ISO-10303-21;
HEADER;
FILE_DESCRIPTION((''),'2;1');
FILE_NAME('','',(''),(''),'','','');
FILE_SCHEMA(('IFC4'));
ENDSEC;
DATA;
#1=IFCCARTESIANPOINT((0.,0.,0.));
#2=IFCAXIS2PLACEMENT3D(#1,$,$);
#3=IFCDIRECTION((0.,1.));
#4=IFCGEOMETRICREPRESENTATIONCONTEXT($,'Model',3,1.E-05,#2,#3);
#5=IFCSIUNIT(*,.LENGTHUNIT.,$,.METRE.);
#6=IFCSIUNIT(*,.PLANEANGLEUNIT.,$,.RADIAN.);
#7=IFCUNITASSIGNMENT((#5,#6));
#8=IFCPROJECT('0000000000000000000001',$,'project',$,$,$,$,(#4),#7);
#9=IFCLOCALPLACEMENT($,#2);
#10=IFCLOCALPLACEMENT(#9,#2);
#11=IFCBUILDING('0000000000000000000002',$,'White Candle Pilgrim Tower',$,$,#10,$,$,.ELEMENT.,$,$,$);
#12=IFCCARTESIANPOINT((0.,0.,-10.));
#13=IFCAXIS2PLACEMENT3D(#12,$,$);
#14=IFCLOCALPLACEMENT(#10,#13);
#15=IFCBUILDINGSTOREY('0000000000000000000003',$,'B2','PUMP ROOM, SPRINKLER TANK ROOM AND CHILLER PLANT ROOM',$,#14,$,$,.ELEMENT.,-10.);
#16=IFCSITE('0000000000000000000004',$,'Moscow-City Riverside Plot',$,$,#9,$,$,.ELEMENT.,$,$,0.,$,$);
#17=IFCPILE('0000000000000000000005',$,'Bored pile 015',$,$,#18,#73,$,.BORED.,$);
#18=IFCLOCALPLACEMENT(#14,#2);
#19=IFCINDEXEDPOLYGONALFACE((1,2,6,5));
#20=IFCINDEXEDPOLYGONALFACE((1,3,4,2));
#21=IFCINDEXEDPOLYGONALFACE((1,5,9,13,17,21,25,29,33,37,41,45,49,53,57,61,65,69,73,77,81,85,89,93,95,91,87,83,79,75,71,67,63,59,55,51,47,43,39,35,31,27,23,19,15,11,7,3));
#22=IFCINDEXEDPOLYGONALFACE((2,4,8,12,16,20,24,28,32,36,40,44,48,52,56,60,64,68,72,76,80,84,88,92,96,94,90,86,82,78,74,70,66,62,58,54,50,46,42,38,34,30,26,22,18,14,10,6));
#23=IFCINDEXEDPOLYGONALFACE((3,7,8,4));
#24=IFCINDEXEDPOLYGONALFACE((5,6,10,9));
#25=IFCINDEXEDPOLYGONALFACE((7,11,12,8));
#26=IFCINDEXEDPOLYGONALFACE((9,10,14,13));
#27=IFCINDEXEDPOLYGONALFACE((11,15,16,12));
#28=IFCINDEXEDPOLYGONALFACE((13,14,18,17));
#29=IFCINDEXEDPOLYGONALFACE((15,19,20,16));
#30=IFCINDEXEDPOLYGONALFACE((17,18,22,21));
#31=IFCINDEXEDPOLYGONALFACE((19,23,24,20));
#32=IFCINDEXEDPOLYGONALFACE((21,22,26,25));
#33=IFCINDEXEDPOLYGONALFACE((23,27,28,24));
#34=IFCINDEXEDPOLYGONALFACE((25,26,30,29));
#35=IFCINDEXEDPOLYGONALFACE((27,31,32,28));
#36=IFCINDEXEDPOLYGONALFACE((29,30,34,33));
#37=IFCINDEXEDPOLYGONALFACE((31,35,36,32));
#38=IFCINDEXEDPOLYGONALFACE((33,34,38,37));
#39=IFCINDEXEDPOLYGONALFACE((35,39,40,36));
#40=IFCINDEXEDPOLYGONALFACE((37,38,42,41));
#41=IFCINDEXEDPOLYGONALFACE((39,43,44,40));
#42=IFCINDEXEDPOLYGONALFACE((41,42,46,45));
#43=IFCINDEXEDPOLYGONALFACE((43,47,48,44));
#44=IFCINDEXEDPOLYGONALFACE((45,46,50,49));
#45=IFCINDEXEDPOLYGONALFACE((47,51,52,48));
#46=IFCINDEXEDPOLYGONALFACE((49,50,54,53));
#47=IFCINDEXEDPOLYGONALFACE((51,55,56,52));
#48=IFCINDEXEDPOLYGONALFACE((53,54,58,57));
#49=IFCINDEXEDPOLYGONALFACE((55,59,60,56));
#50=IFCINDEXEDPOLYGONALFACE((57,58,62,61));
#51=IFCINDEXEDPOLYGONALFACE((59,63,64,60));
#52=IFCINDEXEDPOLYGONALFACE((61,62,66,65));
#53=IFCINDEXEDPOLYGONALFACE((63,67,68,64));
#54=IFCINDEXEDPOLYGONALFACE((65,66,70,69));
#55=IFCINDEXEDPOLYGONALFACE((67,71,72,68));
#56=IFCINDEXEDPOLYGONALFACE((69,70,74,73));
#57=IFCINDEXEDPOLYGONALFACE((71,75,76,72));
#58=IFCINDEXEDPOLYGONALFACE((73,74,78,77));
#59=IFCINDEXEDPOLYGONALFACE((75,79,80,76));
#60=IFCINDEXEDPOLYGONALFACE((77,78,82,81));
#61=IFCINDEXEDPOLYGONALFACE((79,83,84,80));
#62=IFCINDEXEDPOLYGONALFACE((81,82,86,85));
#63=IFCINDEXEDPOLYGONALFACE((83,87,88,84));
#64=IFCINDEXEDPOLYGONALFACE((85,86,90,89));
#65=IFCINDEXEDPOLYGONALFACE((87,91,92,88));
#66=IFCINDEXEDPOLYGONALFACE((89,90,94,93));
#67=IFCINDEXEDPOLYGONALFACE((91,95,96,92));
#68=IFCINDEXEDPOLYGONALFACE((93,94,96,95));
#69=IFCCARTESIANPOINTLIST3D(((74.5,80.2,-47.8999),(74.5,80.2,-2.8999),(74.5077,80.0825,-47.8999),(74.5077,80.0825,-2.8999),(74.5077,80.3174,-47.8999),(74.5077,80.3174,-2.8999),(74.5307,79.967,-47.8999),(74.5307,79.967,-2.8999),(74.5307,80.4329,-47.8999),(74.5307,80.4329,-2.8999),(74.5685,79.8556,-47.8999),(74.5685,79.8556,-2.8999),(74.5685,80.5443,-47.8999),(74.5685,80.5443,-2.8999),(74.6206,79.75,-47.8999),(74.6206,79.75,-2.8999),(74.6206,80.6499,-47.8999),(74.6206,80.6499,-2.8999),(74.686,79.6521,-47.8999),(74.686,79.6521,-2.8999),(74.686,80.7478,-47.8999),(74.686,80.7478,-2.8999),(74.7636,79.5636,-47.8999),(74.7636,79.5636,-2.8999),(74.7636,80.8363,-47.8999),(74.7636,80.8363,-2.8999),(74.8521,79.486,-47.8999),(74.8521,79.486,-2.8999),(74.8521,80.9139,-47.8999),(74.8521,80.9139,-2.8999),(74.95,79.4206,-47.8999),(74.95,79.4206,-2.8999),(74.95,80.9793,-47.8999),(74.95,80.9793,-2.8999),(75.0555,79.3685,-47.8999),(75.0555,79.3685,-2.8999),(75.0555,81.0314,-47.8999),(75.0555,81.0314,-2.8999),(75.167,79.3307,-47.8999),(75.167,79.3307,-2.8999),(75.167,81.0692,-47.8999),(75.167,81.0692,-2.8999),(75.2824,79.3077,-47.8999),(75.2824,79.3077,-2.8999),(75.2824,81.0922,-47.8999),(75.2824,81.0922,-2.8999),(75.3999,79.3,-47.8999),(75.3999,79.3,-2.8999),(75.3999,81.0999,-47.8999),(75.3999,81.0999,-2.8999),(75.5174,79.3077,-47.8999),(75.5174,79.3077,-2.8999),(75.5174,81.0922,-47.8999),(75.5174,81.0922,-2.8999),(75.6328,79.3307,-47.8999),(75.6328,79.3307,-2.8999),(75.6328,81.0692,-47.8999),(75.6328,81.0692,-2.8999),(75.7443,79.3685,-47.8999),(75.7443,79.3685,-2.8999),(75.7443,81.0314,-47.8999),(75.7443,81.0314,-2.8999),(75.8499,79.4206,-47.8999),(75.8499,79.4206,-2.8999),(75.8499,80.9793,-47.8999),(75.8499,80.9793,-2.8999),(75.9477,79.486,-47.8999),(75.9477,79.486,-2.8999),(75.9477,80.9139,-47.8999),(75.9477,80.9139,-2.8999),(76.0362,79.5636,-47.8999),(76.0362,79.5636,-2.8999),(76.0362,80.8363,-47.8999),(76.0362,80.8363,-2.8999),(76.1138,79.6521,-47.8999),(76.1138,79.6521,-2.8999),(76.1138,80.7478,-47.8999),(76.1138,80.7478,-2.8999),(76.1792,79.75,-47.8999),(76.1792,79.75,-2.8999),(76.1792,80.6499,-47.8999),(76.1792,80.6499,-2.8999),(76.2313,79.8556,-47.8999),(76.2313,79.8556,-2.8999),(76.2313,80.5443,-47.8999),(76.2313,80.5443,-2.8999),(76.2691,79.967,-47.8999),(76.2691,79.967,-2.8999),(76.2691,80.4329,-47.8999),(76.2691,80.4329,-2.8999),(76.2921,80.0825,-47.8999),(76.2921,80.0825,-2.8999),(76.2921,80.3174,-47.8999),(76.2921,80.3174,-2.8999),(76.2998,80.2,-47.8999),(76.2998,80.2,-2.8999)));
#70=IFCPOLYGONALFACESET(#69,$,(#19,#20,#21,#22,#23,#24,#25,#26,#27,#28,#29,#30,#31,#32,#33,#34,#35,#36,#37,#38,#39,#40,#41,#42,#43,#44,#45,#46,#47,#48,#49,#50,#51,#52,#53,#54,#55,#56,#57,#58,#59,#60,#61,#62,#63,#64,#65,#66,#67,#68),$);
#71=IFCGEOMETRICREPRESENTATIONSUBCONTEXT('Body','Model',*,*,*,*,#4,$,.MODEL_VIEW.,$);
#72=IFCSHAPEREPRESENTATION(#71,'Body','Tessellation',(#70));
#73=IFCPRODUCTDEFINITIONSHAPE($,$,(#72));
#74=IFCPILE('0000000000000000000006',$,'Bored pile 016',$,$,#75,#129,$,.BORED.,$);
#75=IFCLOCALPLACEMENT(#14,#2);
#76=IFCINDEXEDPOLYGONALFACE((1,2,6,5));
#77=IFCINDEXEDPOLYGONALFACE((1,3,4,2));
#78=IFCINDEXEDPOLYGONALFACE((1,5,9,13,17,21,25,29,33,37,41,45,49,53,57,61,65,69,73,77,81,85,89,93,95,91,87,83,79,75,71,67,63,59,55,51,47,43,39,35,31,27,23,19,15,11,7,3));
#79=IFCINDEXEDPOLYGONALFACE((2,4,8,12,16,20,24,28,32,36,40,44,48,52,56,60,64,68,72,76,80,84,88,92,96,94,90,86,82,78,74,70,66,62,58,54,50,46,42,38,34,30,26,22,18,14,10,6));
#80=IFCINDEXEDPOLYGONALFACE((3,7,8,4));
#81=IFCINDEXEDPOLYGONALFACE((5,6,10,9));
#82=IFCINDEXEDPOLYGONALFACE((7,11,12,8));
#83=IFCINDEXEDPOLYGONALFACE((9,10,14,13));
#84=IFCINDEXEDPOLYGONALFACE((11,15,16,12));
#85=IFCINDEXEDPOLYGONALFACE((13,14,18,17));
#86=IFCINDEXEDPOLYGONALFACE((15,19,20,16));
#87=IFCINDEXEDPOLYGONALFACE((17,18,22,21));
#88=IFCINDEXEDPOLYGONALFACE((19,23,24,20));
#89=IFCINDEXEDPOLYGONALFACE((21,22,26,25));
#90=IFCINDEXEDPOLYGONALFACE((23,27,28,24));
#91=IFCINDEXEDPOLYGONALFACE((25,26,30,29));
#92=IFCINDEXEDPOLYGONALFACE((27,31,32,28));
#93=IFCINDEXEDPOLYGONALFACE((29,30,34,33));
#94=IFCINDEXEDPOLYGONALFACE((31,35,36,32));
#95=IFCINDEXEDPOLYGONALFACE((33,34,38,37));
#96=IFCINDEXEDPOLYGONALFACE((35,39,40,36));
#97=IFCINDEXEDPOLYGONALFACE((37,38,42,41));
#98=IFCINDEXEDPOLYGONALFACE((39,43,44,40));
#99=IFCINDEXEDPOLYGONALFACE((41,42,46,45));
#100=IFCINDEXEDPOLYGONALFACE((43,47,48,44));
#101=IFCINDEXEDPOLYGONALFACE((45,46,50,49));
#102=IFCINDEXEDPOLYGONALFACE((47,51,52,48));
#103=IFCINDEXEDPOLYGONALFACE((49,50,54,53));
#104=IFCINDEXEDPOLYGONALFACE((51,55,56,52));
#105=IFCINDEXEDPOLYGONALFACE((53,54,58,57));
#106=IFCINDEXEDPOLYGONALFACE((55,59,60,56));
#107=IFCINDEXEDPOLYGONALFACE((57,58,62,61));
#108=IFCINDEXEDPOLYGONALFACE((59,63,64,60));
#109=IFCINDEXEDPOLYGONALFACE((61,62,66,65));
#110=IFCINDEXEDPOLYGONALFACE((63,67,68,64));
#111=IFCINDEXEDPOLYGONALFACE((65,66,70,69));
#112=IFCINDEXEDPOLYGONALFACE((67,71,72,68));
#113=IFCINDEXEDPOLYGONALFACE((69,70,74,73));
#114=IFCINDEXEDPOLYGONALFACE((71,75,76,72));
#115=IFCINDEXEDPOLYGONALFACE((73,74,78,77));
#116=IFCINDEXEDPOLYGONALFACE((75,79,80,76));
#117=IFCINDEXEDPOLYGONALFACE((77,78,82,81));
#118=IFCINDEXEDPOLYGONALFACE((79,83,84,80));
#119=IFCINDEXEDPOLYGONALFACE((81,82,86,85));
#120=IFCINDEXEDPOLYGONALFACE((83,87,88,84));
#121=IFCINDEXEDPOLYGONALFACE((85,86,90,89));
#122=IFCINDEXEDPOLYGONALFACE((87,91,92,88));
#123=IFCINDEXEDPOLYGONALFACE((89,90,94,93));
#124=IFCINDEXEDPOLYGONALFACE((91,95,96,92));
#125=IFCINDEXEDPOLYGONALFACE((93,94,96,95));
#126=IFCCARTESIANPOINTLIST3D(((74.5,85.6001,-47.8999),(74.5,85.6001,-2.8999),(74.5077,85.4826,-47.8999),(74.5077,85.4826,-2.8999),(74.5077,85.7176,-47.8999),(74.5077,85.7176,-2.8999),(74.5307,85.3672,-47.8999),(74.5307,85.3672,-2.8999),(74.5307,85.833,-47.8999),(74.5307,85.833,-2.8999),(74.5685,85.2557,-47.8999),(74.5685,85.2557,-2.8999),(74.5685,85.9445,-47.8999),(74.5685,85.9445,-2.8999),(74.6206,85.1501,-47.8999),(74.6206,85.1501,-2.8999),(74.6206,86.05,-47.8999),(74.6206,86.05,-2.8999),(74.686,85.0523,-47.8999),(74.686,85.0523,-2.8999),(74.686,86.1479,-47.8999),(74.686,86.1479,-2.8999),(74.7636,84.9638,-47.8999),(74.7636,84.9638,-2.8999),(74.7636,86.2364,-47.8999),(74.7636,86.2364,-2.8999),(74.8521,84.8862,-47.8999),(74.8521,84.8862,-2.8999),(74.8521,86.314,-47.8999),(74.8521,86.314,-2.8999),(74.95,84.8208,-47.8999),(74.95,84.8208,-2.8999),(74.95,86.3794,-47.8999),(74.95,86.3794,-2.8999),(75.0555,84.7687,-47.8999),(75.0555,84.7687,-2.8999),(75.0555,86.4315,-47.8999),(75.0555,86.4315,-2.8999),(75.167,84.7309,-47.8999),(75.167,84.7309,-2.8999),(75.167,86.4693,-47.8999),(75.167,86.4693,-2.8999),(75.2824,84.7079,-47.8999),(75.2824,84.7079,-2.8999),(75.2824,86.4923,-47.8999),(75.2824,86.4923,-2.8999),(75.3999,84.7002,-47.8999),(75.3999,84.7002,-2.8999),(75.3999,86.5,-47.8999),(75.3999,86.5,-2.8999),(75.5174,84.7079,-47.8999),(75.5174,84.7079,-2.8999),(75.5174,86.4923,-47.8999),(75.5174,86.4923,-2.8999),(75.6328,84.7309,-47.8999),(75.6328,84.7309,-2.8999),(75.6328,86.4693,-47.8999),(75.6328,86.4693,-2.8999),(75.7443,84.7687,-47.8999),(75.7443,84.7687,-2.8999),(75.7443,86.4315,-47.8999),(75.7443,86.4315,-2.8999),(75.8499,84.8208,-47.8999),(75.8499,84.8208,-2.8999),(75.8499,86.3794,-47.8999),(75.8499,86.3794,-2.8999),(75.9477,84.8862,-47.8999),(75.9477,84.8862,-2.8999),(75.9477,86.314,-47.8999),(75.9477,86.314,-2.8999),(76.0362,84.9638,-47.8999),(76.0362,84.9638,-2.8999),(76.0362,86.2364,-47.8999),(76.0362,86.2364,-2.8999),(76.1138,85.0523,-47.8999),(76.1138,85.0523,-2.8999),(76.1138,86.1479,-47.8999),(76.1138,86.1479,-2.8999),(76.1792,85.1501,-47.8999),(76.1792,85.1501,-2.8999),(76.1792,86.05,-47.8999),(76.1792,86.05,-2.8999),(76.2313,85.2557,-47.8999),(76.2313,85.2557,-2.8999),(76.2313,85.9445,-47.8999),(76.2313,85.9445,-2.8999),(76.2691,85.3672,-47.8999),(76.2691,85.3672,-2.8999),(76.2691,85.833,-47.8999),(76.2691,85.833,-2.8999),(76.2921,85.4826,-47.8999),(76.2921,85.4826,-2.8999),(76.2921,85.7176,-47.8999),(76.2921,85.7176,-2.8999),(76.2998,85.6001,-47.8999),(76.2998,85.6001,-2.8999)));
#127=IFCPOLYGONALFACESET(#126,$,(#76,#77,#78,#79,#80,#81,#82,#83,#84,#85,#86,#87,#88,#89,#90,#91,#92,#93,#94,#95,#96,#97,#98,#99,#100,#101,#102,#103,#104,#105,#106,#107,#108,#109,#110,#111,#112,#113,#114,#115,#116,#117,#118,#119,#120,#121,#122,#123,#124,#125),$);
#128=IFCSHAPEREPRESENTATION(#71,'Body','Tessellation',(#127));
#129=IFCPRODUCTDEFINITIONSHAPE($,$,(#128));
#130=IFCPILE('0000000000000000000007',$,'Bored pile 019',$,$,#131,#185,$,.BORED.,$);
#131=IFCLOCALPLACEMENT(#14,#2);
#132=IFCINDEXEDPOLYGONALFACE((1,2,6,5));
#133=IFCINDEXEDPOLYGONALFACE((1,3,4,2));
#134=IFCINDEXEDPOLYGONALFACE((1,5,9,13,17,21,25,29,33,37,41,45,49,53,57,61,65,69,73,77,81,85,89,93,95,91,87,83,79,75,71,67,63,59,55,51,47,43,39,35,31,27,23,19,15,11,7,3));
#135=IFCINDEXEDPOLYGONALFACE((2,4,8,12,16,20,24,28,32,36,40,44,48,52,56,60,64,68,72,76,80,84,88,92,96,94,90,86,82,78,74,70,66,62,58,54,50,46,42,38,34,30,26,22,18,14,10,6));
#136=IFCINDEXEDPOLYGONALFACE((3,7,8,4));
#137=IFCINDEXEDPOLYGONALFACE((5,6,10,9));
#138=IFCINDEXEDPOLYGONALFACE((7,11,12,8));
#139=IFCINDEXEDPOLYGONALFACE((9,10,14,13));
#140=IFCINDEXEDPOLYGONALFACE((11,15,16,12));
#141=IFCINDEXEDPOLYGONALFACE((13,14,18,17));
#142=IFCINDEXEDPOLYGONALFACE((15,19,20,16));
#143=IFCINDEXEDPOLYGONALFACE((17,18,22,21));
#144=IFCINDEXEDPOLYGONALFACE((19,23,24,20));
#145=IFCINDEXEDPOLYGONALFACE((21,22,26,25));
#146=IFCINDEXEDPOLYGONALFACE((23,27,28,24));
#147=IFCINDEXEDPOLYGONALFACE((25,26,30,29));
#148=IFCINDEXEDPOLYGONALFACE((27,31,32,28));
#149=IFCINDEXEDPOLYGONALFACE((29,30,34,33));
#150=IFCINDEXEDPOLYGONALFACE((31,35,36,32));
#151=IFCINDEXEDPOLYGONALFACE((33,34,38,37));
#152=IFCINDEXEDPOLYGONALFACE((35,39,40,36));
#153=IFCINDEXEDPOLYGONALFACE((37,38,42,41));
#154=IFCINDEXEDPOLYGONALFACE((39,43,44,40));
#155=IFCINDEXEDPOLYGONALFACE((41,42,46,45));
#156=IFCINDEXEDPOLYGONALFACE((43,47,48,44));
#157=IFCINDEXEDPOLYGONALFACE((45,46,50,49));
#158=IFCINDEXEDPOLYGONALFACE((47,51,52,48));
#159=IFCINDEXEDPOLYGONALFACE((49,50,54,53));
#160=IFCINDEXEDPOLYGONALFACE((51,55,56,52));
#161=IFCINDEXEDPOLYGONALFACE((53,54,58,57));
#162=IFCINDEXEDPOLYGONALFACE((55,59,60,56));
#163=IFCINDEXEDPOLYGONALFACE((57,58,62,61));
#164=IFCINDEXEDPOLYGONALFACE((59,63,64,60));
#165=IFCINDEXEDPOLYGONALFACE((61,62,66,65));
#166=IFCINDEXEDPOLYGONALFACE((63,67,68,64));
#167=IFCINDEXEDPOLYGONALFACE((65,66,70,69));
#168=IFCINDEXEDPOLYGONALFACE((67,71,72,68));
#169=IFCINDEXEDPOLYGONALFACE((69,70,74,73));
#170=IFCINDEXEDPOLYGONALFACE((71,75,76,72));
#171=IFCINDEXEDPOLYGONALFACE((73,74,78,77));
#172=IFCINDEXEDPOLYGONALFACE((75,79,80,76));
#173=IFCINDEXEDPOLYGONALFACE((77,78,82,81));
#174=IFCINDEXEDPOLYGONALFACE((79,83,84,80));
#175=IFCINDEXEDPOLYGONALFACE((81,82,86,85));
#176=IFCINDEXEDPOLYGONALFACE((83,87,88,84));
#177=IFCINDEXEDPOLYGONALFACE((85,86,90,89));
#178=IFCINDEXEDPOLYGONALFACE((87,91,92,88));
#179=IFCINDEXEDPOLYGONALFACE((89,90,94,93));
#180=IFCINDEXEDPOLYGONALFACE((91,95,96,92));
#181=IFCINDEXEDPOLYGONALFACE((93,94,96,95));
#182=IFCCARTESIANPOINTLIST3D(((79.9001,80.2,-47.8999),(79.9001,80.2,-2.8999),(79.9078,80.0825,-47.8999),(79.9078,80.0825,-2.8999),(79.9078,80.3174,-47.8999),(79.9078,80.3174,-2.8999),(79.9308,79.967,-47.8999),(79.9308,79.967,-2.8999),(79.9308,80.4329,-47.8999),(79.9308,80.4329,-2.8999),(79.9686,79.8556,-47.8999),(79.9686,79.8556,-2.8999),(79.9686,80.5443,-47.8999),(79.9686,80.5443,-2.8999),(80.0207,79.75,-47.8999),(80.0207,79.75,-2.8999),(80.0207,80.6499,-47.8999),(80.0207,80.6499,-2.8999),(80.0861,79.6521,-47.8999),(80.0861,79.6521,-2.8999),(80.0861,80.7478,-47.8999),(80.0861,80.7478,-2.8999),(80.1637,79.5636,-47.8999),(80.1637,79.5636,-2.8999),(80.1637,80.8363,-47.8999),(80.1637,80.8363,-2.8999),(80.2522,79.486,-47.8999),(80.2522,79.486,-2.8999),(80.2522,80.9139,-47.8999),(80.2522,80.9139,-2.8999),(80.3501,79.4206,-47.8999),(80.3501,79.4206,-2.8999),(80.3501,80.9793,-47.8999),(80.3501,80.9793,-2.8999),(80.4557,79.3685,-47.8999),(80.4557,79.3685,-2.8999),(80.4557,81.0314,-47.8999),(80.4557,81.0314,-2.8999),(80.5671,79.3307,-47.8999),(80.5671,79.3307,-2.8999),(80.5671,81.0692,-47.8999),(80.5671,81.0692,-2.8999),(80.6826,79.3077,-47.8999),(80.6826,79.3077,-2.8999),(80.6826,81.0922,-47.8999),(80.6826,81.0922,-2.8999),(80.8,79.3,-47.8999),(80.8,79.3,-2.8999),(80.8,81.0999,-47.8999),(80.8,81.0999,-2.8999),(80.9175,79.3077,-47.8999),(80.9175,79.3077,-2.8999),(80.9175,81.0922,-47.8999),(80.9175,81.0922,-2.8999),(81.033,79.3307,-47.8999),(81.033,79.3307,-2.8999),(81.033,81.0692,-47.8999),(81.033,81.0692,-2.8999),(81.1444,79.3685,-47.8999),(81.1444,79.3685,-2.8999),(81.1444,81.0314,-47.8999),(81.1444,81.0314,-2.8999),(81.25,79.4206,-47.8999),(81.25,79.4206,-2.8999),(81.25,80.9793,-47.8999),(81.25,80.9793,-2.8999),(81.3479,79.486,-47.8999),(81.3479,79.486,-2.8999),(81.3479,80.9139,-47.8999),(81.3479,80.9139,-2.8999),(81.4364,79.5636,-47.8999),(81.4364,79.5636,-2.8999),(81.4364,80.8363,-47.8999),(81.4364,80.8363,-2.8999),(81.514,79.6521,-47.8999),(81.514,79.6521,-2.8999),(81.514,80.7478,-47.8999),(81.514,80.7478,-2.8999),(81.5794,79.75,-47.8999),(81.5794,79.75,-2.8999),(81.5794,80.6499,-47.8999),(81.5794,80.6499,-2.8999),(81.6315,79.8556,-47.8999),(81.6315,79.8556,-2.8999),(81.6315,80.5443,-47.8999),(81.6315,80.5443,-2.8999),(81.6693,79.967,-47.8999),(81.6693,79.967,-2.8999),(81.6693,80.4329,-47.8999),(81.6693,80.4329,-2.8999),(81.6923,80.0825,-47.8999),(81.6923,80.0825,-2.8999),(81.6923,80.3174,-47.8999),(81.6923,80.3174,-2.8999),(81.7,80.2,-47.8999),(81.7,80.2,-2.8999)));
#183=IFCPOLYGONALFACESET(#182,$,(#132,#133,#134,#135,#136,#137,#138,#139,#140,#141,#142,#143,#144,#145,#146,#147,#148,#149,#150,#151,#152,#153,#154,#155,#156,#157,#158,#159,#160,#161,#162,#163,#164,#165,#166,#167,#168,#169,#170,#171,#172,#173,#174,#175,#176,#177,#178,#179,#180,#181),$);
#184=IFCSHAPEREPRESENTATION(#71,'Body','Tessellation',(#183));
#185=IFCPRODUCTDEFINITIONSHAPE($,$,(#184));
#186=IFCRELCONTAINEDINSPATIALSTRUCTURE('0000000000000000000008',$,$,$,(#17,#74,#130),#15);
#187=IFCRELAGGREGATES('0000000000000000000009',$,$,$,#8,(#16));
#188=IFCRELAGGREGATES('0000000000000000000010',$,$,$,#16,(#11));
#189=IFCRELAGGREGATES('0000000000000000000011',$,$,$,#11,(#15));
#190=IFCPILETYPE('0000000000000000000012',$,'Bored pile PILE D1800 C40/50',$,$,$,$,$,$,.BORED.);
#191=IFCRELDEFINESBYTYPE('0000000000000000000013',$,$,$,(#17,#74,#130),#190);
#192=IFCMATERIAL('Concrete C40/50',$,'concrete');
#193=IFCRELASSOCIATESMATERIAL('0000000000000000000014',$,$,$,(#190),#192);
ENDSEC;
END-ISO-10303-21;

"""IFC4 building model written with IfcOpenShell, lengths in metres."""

from ifc_helpers import new_model, si_unit, direction, frame, origin, origin_2d, place, context, subcontext, project, spatial, circle, extrude, material, material_profile, profile_set, type_object, element, save


model = new_model("IFC4")

# Units and contexts
model_context = context("Model", 3, precision=1e-05, world=origin(), true_north=direction((0.0, 1.0)))
body_context = subcontext(model_context, "Body", "Model", "MODEL_VIEW")
ifc_project = project(units=[si_unit("LENGTHUNIT", "METRE"), si_unit("PLANEANGLEUNIT", "RADIAN")], contexts=[model_context])

# Site, building, storey
site_placement = place(None, origin())
site = spatial("IfcSite", under=ifc_project, at=site_placement, Name="Moscow-City Riverside Plot", CompositionType="ELEMENT", RefElevation=0.0)
building_placement = place(site_placement, origin())
building = spatial("IfcBuilding", under=site, at=building_placement, Name="White Candle Pilgrim Tower", CompositionType="ELEMENT")
storey_placement = place(building_placement, frame((0.0, 0.0, -10.0)))
storey = spatial("IfcBuildingStorey", under=building, at=storey_placement, Name="B2", Description="PUMP ROOM, SPRINKLER TANK ROOM AND CHILLER PLANT ROOM", CompositionType="ELEMENT", Elevation=-10.0)

# Piles
ifc_material_1 = material(Name="Concrete C40/50", Category="concrete")
ifc_material_profile_1 = material_profile(ifc_material_1, circle(Radius=0.8999, at=origin_2d()), Name="PILE D1800")
ifc_profile_set_1 = profile_set([ifc_material_profile_1], Name="Concrete C40/50")
pile_type = type_object("IfcPileType", Name="Bored pile PILE D1800 C40/50", PredefinedType="BORED", material=ifc_profile_set_1)
for number, where, z_axis, x_axis, name in (
    (1, (75.3999, 80.2, -2.8999), (0.0, 0.0, -1.0), (1.0, 0.0, 0.0), "Bored pile 015"),
    (2, (75.3999, 85.6001, -2.8999), (0.0, 0.0, -1.0), (1.0, 0.0, 0.0), "Bored pile 016"),
    (3, (80.8, 80.2, -2.8999), (0.0, 0.0, -1.0), (1.0, 0.0, 0.0), "Bored pile 019"),
):
    element("IfcPile", number, at=place(storey_placement, frame(where, z_axis=z_axis, x_axis=x_axis)), inside=storey, type_object=pile_type, Name=name, PredefinedType="BORED", context=body_context, shape_type="SweptSolid", body=[
        extrude(circle(Radius=0.8999, at=origin_2d()), origin(), (0.0, 0.0, 1.0), 45.0),
    ])

save(model, "model.ifc")
